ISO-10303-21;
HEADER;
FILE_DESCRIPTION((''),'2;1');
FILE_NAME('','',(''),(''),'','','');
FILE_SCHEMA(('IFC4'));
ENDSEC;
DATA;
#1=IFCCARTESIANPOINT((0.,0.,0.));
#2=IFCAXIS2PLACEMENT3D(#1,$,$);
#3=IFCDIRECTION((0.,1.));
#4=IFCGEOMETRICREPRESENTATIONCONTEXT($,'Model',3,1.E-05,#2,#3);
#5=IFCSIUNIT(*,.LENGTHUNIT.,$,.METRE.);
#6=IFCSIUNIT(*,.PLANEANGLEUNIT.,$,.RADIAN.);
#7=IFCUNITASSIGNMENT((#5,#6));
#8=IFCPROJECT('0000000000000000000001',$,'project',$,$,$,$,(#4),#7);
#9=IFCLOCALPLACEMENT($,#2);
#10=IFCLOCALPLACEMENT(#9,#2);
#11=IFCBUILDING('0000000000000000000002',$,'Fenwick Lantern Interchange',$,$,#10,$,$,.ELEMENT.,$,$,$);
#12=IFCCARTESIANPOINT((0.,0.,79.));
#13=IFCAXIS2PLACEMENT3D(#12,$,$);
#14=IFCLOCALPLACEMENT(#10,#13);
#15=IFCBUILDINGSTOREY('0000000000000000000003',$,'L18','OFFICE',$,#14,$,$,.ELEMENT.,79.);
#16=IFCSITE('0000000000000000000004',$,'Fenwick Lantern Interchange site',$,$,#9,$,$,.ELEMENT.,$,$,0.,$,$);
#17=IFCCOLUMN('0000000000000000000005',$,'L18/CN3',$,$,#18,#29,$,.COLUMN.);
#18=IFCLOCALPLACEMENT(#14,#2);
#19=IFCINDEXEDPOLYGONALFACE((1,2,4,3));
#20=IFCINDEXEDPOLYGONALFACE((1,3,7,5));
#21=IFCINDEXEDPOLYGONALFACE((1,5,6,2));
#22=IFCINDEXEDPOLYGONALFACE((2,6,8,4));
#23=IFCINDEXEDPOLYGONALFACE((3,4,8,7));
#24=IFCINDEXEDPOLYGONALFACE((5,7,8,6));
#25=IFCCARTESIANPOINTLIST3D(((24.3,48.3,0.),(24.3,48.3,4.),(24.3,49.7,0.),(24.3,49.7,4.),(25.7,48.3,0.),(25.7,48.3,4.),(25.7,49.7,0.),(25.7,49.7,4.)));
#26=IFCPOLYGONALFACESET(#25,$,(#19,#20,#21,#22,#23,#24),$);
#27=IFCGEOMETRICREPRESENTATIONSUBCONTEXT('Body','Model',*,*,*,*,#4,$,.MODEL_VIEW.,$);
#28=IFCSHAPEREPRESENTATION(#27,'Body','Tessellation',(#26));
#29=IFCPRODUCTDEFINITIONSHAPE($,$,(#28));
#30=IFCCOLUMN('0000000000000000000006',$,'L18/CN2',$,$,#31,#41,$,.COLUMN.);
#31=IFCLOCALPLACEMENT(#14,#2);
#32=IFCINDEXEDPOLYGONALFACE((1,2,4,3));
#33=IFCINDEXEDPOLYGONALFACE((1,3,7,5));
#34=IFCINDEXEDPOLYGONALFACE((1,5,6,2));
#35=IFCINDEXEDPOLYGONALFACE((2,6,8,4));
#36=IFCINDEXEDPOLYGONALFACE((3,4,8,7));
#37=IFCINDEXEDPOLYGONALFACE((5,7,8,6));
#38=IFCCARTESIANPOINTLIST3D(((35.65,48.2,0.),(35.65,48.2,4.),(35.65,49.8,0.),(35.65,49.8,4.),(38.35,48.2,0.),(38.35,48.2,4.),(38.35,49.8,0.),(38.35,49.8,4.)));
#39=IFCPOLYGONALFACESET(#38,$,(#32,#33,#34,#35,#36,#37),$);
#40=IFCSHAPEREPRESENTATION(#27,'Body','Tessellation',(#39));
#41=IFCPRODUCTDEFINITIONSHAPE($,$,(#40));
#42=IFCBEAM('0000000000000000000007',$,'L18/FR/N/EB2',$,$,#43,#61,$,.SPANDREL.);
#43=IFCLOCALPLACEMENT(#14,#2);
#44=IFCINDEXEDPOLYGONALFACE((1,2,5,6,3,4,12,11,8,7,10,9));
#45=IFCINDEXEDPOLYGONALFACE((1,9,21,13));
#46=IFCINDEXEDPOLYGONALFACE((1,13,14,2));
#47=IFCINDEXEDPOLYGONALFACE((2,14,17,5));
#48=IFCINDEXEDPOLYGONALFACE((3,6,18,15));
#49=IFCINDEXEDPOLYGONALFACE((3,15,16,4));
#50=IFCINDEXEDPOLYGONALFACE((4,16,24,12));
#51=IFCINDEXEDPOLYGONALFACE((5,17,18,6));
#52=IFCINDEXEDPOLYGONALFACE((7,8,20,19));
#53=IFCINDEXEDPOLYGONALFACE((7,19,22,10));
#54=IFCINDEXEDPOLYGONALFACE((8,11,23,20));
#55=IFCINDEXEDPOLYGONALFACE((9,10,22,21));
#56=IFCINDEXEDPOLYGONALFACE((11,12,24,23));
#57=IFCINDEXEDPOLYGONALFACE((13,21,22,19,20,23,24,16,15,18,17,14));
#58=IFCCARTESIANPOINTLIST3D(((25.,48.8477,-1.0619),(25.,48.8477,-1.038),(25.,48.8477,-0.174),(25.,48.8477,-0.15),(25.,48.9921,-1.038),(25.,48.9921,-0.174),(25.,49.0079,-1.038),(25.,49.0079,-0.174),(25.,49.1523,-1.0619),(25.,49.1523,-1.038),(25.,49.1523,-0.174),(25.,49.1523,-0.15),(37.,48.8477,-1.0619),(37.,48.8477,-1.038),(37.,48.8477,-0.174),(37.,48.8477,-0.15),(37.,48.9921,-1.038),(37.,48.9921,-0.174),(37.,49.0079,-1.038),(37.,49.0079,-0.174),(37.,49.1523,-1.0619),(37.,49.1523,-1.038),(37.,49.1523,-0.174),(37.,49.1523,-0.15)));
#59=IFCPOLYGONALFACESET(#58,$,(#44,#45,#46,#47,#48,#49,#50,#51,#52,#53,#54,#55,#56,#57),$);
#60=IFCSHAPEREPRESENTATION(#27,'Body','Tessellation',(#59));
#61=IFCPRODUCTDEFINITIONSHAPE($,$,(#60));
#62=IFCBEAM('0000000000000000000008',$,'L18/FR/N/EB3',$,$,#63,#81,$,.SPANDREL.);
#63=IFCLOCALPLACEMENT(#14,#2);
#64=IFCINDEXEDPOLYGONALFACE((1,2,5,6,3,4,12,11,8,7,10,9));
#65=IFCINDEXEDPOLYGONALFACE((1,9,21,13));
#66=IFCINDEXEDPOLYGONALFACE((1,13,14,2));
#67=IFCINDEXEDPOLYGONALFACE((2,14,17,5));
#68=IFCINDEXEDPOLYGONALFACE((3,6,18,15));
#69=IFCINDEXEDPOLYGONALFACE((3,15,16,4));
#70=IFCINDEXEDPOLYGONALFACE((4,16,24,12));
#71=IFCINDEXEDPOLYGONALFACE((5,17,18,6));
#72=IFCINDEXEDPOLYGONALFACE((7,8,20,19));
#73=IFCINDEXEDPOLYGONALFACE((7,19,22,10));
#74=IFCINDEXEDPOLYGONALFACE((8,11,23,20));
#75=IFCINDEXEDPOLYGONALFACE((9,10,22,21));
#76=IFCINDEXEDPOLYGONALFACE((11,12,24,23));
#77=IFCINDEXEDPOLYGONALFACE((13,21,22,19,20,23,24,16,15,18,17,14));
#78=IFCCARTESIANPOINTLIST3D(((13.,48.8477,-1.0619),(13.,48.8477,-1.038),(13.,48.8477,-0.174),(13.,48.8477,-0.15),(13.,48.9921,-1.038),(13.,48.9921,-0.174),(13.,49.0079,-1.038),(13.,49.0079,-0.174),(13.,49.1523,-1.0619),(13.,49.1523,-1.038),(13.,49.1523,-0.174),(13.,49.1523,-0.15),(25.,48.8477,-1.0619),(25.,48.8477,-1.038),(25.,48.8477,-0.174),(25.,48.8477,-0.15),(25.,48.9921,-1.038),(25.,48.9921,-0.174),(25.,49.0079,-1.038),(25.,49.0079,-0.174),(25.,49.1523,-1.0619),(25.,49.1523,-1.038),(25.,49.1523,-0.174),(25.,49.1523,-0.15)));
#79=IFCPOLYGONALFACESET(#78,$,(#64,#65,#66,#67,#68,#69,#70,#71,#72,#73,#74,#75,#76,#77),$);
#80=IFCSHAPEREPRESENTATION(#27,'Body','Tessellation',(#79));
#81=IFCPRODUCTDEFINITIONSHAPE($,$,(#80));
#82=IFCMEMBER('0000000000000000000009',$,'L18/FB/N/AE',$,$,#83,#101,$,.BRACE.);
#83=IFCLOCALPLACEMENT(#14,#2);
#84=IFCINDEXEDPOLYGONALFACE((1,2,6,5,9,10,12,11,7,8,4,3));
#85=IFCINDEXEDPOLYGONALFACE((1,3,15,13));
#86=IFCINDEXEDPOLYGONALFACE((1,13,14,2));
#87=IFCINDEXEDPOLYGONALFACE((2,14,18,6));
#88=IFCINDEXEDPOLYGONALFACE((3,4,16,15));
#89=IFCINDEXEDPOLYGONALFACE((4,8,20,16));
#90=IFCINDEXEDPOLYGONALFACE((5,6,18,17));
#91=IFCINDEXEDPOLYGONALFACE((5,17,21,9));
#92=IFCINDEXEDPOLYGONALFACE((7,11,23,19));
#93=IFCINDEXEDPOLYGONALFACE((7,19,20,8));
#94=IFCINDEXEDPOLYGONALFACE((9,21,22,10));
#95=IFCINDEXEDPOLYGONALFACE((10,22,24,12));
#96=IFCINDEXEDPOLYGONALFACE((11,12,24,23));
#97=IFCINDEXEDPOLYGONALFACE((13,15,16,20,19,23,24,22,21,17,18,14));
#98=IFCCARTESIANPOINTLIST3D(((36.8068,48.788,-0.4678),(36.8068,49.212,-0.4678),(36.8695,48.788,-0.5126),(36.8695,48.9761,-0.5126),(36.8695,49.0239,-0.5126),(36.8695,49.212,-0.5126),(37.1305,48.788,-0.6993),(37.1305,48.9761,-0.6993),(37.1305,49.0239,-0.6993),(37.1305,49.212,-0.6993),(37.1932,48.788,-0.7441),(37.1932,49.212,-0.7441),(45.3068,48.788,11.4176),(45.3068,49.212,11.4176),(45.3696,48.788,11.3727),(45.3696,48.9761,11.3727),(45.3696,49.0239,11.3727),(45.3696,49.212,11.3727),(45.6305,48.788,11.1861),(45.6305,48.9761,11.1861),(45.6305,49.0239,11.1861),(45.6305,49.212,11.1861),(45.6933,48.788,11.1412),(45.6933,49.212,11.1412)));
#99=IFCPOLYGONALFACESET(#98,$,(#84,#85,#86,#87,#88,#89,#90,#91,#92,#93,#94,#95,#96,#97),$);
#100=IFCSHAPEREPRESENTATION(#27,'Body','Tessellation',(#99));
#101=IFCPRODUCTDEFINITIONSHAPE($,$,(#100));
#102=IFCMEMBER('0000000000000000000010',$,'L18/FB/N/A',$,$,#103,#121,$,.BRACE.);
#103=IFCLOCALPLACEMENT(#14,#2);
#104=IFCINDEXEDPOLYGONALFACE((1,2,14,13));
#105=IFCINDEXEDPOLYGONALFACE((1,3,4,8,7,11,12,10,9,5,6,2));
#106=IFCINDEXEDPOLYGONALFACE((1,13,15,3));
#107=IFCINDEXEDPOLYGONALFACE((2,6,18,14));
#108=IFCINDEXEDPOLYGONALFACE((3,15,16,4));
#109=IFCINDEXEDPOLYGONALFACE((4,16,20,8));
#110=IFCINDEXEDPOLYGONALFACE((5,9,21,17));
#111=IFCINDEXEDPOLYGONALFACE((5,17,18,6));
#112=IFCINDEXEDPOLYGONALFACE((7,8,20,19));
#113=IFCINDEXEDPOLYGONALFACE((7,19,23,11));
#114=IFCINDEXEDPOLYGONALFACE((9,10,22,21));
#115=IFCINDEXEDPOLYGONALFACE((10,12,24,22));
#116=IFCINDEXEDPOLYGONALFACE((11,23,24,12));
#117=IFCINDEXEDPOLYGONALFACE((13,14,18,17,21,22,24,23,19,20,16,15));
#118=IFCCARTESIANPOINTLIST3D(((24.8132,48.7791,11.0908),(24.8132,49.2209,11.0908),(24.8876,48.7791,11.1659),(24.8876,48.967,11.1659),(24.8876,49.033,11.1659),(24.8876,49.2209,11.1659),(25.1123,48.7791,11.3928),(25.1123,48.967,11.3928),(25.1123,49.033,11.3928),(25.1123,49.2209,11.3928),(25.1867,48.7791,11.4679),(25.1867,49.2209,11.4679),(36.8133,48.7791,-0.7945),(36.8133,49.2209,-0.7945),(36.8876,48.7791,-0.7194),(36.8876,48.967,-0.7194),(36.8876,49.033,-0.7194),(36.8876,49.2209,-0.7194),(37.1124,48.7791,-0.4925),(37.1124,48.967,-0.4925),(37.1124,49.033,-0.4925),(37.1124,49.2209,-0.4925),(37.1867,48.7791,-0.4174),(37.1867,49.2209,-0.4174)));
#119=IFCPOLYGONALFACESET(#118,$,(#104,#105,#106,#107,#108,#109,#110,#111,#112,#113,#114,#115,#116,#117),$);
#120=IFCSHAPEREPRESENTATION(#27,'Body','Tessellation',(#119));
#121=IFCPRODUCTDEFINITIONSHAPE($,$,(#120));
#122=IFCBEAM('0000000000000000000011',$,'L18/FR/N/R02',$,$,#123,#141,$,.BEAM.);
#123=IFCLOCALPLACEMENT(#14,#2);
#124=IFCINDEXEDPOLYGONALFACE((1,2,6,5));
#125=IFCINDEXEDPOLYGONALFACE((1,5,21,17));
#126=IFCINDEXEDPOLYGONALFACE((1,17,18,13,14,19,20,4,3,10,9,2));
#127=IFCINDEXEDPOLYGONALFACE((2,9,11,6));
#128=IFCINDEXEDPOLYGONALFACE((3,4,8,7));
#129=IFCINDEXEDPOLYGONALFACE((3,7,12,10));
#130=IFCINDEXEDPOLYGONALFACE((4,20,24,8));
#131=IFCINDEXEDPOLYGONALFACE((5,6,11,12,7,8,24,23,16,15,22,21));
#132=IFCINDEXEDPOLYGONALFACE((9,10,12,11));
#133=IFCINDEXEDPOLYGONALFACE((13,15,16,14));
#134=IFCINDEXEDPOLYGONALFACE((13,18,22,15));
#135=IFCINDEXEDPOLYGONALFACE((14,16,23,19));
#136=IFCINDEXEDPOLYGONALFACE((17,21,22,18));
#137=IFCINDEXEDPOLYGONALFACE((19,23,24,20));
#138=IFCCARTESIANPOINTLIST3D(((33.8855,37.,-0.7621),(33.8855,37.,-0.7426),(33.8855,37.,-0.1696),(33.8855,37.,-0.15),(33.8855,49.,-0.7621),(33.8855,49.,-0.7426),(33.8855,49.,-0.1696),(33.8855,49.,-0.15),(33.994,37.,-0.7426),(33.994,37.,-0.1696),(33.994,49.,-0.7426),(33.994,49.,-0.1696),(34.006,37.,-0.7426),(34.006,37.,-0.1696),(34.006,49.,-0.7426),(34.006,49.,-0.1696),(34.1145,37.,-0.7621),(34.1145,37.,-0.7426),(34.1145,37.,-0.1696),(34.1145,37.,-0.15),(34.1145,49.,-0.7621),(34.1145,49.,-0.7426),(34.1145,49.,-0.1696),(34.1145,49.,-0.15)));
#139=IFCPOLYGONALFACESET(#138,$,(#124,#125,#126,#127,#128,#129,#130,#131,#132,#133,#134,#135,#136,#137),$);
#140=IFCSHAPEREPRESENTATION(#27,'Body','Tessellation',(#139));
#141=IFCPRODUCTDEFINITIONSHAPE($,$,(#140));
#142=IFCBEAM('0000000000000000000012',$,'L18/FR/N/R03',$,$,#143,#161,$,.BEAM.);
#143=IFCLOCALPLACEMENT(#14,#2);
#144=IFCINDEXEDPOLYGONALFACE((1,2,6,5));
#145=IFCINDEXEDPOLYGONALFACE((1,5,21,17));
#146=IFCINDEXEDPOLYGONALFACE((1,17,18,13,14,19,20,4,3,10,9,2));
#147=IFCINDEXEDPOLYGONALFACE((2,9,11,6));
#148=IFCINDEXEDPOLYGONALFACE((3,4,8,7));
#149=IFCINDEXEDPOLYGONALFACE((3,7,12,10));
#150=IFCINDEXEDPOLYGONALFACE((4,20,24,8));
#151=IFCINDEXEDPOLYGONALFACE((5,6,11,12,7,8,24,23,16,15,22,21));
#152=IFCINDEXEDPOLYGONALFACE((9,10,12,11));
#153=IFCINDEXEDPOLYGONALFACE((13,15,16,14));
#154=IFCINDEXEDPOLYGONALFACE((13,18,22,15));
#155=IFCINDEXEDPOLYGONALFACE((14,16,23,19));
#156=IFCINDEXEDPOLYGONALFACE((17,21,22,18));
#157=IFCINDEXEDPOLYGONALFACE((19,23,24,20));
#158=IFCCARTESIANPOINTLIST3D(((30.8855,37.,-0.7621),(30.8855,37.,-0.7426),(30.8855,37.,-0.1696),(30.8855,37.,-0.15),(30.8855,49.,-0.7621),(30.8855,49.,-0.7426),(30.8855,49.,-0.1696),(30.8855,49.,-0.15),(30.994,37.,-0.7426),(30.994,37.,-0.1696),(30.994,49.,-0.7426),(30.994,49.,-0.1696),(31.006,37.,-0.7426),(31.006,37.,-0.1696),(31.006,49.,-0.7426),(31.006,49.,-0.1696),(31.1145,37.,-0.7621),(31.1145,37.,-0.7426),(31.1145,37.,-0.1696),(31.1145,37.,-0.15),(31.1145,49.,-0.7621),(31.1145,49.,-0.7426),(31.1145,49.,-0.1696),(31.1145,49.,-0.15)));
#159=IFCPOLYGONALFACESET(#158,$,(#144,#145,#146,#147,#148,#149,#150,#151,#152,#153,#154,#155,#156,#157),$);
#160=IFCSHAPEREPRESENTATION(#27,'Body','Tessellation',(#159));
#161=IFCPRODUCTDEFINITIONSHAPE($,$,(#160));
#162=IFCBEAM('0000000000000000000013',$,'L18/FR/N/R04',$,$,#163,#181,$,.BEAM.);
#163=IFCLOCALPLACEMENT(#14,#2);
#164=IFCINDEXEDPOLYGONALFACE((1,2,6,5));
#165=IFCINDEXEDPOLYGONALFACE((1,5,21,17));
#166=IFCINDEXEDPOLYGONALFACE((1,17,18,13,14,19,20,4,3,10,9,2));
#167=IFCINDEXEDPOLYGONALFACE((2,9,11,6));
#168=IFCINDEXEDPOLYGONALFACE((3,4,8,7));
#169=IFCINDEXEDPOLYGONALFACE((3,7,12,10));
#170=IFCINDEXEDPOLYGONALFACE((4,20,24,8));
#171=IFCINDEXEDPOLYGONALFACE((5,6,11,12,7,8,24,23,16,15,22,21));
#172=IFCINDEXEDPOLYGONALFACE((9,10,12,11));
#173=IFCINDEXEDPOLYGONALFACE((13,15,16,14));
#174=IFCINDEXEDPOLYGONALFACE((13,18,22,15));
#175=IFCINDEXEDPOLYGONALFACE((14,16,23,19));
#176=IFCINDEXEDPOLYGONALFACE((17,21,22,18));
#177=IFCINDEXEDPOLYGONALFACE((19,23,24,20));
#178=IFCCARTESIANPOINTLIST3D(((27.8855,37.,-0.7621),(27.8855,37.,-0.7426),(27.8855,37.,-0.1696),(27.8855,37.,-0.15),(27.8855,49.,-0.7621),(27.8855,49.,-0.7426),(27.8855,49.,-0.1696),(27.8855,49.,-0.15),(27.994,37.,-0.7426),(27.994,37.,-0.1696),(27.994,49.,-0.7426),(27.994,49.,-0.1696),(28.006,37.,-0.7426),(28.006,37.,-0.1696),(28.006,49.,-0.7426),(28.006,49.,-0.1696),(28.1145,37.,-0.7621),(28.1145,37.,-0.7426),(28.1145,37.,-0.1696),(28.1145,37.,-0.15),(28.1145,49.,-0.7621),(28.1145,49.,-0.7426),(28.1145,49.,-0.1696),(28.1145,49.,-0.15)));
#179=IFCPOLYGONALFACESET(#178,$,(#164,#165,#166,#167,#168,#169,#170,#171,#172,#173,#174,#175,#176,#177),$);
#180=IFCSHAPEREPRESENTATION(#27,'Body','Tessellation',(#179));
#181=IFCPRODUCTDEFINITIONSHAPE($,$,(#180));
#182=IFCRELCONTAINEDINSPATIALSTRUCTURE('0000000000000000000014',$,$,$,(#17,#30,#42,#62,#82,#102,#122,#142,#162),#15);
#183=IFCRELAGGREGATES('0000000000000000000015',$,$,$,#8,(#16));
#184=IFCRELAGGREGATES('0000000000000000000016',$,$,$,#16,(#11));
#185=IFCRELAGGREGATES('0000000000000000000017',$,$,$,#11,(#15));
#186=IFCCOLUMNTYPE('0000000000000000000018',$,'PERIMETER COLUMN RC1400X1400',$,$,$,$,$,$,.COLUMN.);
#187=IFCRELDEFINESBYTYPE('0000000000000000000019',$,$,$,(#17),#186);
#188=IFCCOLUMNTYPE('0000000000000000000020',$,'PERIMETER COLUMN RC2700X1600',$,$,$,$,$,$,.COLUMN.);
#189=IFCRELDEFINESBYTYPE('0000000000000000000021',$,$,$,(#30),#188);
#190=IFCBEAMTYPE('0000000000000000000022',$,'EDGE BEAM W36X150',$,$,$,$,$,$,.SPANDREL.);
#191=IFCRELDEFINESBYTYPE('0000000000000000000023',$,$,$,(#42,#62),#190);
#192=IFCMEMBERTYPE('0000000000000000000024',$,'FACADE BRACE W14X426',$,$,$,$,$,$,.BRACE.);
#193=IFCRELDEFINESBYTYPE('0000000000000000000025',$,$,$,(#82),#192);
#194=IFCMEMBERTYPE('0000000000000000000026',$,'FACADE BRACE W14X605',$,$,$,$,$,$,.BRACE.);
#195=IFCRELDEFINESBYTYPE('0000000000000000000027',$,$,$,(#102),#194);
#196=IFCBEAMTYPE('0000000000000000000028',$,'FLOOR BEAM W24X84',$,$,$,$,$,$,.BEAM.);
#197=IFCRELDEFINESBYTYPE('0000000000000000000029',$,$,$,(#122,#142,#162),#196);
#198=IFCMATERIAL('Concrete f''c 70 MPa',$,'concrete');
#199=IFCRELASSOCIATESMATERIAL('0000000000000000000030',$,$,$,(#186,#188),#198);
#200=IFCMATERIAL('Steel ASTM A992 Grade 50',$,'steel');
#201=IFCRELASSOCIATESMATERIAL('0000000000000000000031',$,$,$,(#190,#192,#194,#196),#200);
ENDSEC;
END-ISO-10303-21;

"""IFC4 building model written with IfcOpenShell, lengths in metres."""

from ifc_helpers import new_model, si_unit, direction, frame, origin, origin_2d, place, context, subcontext, project, spatial, rectangle, i_section, extrude, material, material_profile, profile_set, type_object, element, save


model = new_model("IFC4")

# Units and contexts
model_context = context("Model", 3, precision=1e-05, world=origin(), true_north=direction((0.0, 1.0)))
body_context = subcontext(model_context, "Body", "Model", "MODEL_VIEW")
ifc_project = project(units=[si_unit("LENGTHUNIT", "METRE"), si_unit("PLANEANGLEUNIT", "RADIAN")], contexts=[model_context])

# Site, building, storey
site_placement = place(None, origin())
site = spatial("IfcSite", under=ifc_project, at=site_placement, Name="Fenwick Lantern Interchange site", CompositionType="ELEMENT", RefElevation=0.0)
building_placement = place(site_placement, origin())
building = spatial("IfcBuilding", under=site, at=building_placement, Name="Fenwick Lantern Interchange", CompositionType="ELEMENT")
storey_placement = place(building_placement, frame((0.0, 0.0, 79.0)))
storey = spatial("IfcBuildingStorey", under=building, at=storey_placement, Name="L18", Description="OFFICE", CompositionType="ELEMENT", Elevation=79.0)

# Columns
ifc_material_1 = material(Name="Concrete f'c 70 MPa", Category="concrete")
ifc_material_profile_1 = material_profile(ifc_material_1, rectangle(XDim=1.3999, YDim=1.3999, at=origin_2d()), Name="RC1400X1400")
ifc_profile_set_1 = profile_set([ifc_material_profile_1], Name="Concrete f'c 70 MPa")
column_type_1 = type_object("IfcColumnType", Name="PERIMETER COLUMN RC1400X1400", PredefinedType="COLUMN", material=ifc_profile_set_1)
column_1_placement = place(storey_placement, frame((25.0, 49.0, 0.0), z_axis=(0.0, 0.0, 1.0), x_axis=(1.0, 0.0, 0.0)))
element("IfcColumn", 1, at=column_1_placement, inside=storey, type_object=column_type_1, Name="L18/CN3", PredefinedType="COLUMN", context=body_context, shape_type="SweptSolid", body=[
    extrude(rectangle(XDim=1.3999, YDim=1.3999, at=origin_2d()), origin(), (0.0, 0.0, 1.0), 4.0),
])
ifc_material_profile_2 = material_profile(ifc_material_1, rectangle(XDim=2.7, YDim=1.6001, at=origin_2d()), Name="RC2700X1600")
ifc_profile_set_2 = profile_set([ifc_material_profile_2], Name="Concrete f'c 70 MPa")
column_type_2 = type_object("IfcColumnType", Name="PERIMETER COLUMN RC2700X1600", PredefinedType="COLUMN", material=ifc_profile_set_2)
column_2_placement = place(storey_placement, frame((37.0, 49.0, 0.0), z_axis=(0.0, 0.0, 1.0), x_axis=(1.0, 0.0, 0.0)))
element("IfcColumn", 2, at=column_2_placement, inside=storey, type_object=column_type_2, Name="L18/CN2", PredefinedType="COLUMN", context=body_context, shape_type="SweptSolid", body=[
    extrude(rectangle(XDim=2.7, YDim=1.6001, at=origin_2d()), origin(), (0.0, 0.0, 1.0), 4.0),
])

# Beams
ifc_material_2 = material(Name="Steel ASTM A992 Grade 50", Category="steel")
ifc_material_profile_3 = material_profile(ifc_material_2, i_section(OverallWidth=0.3047, OverallDepth=0.9119, WebThickness=0.0159, FlangeThickness=0.0239, at=origin_2d()), Name="W36X150")
ifc_profile_set_3 = profile_set([ifc_material_profile_3], Name="Steel ASTM A992 Grade 50")
beam_type_1 = type_object("IfcBeamType", Name="EDGE BEAM W36X150", PredefinedType="SPANDREL", material=ifc_profile_set_3)
for number, where, z_axis, x_axis, name in (
    (3, (37.0, 49.0, -0.606), (-1.0, 0.0, 0.0), (0.0, -1.0, 0.0), "L18/FR/N/EB2"),
    (4, (25.0, 49.0, -0.606), (-1.0, 0.0, 0.0), (0.0, -1.0, 0.0), "L18/FR/N/EB3"),
):
    element("IfcBeam", number, at=place(storey_placement, frame(where, z_axis=z_axis, x_axis=x_axis)), inside=storey, type_object=beam_type_1, Name=name, PredefinedType="SPANDREL", context=body_context, shape_type="SweptSolid", body=[
        extrude(i_section(OverallWidth=0.3047, OverallDepth=0.9119, WebThickness=0.0159, FlangeThickness=0.0239, at=origin_2d()), origin(), (0.0, 0.0, 1.0), 12.0),
    ])

# Members
ifc_material_profile_4 = material_profile(ifc_material_2, i_section(OverallWidth=0.4241, OverallDepth=0.4751, WebThickness=0.0479, FlangeThickness=0.0771, at=origin_2d()), Name="W14X426")
ifc_profile_set_4 = profile_set([ifc_material_profile_4], Name="Steel ASTM A992 Grade 50")
member_type_1 = type_object("IfcMemberType", Name="FACADE BRACE W14X426", PredefinedType="BRACE", material=ifc_profile_set_4)
member_1_placement = place(storey_placement, frame((37.0, 49.0, -0.606), z_axis=(0.581715, 0.0, 0.813392), x_axis=(0.0, 1.0, 0.0)))
element("IfcMember", 5, at=member_1_placement, inside=storey, type_object=member_type_1, Name="L18/FB/N/AE", PredefinedType="BRACE", context=body_context, shape_type="SweptSolid", body=[
    extrude(i_section(OverallWidth=0.4241, OverallDepth=0.4751, WebThickness=0.0479, FlangeThickness=0.0771, at=origin_2d()), origin(), (0.0, 0.0, 1.0), 14.6121),
])
ifc_material_profile_5 = material_profile(ifc_material_2, i_section(OverallWidth=0.4419, OverallDepth=0.5308, WebThickness=0.0659, FlangeThickness=0.1057, at=origin_2d()), Name="W14X605")
ifc_profile_set_5 = profile_set([ifc_material_profile_5], Name="Steel ASTM A992 Grade 50")
member_type_2 = type_object("IfcMemberType", Name="FACADE BRACE W14X605", PredefinedType="BRACE", material=ifc_profile_set_5)
member_2_placement = place(storey_placement, frame((37.0, 49.0, -0.606), z_axis=(-0.710496, 0.0, 0.703702), x_axis=(0.0, -1.0, 0.0)))
element("IfcMember", 6, at=member_2_placement, inside=storey, type_object=member_type_2, Name="L18/FB/N/A", PredefinedType="BRACE", context=body_context, shape_type="SweptSolid", body=[
    extrude(i_section(OverallWidth=0.4419, OverallDepth=0.5308, WebThickness=0.0659, FlangeThickness=0.1057, at=origin_2d()), origin(), (0.0, 0.0, 1.0), 16.8896),
])

# Beams
ifc_material_profile_6 = material_profile(ifc_material_2, i_section(OverallWidth=0.229, OverallDepth=0.6121, WebThickness=0.012, FlangeThickness=0.0195, at=origin_2d()), Name="W24X84")
ifc_profile_set_6 = profile_set([ifc_material_profile_6], Name="Steel ASTM A992 Grade 50")
beam_type_2 = type_object("IfcBeamType", Name="FLOOR BEAM W24X84", PredefinedType="BEAM", material=ifc_profile_set_6)
for number, where, z_axis, x_axis, name in (
    (7, (34.0, 49.0, -0.4561), (0.0, -1.0, 0.0), (1.0, 0.0, 0.0), "L18/FR/N/R02"),
    (8, (31.0, 49.0, -0.4561), (0.0, -1.0, 0.0), (1.0, 0.0, 0.0), "L18/FR/N/R03"),
    (9, (28.0, 49.0, -0.4561), (0.0, -1.0, 0.0), (1.0, 0.0, 0.0), "L18/FR/N/R04"),
):
    element("IfcBeam", number, at=place(storey_placement, frame(where, z_axis=z_axis, x_axis=x_axis)), inside=storey, type_object=beam_type_2, Name=name, PredefinedType="BEAM", context=body_context, shape_type="SweptSolid", body=[
        extrude(i_section(OverallWidth=0.229, OverallDepth=0.6121, WebThickness=0.012, FlangeThickness=0.0195, at=origin_2d()), origin(), (0.0, 0.0, 1.0), 12.0),
    ])

save(model, "model.ifc")
